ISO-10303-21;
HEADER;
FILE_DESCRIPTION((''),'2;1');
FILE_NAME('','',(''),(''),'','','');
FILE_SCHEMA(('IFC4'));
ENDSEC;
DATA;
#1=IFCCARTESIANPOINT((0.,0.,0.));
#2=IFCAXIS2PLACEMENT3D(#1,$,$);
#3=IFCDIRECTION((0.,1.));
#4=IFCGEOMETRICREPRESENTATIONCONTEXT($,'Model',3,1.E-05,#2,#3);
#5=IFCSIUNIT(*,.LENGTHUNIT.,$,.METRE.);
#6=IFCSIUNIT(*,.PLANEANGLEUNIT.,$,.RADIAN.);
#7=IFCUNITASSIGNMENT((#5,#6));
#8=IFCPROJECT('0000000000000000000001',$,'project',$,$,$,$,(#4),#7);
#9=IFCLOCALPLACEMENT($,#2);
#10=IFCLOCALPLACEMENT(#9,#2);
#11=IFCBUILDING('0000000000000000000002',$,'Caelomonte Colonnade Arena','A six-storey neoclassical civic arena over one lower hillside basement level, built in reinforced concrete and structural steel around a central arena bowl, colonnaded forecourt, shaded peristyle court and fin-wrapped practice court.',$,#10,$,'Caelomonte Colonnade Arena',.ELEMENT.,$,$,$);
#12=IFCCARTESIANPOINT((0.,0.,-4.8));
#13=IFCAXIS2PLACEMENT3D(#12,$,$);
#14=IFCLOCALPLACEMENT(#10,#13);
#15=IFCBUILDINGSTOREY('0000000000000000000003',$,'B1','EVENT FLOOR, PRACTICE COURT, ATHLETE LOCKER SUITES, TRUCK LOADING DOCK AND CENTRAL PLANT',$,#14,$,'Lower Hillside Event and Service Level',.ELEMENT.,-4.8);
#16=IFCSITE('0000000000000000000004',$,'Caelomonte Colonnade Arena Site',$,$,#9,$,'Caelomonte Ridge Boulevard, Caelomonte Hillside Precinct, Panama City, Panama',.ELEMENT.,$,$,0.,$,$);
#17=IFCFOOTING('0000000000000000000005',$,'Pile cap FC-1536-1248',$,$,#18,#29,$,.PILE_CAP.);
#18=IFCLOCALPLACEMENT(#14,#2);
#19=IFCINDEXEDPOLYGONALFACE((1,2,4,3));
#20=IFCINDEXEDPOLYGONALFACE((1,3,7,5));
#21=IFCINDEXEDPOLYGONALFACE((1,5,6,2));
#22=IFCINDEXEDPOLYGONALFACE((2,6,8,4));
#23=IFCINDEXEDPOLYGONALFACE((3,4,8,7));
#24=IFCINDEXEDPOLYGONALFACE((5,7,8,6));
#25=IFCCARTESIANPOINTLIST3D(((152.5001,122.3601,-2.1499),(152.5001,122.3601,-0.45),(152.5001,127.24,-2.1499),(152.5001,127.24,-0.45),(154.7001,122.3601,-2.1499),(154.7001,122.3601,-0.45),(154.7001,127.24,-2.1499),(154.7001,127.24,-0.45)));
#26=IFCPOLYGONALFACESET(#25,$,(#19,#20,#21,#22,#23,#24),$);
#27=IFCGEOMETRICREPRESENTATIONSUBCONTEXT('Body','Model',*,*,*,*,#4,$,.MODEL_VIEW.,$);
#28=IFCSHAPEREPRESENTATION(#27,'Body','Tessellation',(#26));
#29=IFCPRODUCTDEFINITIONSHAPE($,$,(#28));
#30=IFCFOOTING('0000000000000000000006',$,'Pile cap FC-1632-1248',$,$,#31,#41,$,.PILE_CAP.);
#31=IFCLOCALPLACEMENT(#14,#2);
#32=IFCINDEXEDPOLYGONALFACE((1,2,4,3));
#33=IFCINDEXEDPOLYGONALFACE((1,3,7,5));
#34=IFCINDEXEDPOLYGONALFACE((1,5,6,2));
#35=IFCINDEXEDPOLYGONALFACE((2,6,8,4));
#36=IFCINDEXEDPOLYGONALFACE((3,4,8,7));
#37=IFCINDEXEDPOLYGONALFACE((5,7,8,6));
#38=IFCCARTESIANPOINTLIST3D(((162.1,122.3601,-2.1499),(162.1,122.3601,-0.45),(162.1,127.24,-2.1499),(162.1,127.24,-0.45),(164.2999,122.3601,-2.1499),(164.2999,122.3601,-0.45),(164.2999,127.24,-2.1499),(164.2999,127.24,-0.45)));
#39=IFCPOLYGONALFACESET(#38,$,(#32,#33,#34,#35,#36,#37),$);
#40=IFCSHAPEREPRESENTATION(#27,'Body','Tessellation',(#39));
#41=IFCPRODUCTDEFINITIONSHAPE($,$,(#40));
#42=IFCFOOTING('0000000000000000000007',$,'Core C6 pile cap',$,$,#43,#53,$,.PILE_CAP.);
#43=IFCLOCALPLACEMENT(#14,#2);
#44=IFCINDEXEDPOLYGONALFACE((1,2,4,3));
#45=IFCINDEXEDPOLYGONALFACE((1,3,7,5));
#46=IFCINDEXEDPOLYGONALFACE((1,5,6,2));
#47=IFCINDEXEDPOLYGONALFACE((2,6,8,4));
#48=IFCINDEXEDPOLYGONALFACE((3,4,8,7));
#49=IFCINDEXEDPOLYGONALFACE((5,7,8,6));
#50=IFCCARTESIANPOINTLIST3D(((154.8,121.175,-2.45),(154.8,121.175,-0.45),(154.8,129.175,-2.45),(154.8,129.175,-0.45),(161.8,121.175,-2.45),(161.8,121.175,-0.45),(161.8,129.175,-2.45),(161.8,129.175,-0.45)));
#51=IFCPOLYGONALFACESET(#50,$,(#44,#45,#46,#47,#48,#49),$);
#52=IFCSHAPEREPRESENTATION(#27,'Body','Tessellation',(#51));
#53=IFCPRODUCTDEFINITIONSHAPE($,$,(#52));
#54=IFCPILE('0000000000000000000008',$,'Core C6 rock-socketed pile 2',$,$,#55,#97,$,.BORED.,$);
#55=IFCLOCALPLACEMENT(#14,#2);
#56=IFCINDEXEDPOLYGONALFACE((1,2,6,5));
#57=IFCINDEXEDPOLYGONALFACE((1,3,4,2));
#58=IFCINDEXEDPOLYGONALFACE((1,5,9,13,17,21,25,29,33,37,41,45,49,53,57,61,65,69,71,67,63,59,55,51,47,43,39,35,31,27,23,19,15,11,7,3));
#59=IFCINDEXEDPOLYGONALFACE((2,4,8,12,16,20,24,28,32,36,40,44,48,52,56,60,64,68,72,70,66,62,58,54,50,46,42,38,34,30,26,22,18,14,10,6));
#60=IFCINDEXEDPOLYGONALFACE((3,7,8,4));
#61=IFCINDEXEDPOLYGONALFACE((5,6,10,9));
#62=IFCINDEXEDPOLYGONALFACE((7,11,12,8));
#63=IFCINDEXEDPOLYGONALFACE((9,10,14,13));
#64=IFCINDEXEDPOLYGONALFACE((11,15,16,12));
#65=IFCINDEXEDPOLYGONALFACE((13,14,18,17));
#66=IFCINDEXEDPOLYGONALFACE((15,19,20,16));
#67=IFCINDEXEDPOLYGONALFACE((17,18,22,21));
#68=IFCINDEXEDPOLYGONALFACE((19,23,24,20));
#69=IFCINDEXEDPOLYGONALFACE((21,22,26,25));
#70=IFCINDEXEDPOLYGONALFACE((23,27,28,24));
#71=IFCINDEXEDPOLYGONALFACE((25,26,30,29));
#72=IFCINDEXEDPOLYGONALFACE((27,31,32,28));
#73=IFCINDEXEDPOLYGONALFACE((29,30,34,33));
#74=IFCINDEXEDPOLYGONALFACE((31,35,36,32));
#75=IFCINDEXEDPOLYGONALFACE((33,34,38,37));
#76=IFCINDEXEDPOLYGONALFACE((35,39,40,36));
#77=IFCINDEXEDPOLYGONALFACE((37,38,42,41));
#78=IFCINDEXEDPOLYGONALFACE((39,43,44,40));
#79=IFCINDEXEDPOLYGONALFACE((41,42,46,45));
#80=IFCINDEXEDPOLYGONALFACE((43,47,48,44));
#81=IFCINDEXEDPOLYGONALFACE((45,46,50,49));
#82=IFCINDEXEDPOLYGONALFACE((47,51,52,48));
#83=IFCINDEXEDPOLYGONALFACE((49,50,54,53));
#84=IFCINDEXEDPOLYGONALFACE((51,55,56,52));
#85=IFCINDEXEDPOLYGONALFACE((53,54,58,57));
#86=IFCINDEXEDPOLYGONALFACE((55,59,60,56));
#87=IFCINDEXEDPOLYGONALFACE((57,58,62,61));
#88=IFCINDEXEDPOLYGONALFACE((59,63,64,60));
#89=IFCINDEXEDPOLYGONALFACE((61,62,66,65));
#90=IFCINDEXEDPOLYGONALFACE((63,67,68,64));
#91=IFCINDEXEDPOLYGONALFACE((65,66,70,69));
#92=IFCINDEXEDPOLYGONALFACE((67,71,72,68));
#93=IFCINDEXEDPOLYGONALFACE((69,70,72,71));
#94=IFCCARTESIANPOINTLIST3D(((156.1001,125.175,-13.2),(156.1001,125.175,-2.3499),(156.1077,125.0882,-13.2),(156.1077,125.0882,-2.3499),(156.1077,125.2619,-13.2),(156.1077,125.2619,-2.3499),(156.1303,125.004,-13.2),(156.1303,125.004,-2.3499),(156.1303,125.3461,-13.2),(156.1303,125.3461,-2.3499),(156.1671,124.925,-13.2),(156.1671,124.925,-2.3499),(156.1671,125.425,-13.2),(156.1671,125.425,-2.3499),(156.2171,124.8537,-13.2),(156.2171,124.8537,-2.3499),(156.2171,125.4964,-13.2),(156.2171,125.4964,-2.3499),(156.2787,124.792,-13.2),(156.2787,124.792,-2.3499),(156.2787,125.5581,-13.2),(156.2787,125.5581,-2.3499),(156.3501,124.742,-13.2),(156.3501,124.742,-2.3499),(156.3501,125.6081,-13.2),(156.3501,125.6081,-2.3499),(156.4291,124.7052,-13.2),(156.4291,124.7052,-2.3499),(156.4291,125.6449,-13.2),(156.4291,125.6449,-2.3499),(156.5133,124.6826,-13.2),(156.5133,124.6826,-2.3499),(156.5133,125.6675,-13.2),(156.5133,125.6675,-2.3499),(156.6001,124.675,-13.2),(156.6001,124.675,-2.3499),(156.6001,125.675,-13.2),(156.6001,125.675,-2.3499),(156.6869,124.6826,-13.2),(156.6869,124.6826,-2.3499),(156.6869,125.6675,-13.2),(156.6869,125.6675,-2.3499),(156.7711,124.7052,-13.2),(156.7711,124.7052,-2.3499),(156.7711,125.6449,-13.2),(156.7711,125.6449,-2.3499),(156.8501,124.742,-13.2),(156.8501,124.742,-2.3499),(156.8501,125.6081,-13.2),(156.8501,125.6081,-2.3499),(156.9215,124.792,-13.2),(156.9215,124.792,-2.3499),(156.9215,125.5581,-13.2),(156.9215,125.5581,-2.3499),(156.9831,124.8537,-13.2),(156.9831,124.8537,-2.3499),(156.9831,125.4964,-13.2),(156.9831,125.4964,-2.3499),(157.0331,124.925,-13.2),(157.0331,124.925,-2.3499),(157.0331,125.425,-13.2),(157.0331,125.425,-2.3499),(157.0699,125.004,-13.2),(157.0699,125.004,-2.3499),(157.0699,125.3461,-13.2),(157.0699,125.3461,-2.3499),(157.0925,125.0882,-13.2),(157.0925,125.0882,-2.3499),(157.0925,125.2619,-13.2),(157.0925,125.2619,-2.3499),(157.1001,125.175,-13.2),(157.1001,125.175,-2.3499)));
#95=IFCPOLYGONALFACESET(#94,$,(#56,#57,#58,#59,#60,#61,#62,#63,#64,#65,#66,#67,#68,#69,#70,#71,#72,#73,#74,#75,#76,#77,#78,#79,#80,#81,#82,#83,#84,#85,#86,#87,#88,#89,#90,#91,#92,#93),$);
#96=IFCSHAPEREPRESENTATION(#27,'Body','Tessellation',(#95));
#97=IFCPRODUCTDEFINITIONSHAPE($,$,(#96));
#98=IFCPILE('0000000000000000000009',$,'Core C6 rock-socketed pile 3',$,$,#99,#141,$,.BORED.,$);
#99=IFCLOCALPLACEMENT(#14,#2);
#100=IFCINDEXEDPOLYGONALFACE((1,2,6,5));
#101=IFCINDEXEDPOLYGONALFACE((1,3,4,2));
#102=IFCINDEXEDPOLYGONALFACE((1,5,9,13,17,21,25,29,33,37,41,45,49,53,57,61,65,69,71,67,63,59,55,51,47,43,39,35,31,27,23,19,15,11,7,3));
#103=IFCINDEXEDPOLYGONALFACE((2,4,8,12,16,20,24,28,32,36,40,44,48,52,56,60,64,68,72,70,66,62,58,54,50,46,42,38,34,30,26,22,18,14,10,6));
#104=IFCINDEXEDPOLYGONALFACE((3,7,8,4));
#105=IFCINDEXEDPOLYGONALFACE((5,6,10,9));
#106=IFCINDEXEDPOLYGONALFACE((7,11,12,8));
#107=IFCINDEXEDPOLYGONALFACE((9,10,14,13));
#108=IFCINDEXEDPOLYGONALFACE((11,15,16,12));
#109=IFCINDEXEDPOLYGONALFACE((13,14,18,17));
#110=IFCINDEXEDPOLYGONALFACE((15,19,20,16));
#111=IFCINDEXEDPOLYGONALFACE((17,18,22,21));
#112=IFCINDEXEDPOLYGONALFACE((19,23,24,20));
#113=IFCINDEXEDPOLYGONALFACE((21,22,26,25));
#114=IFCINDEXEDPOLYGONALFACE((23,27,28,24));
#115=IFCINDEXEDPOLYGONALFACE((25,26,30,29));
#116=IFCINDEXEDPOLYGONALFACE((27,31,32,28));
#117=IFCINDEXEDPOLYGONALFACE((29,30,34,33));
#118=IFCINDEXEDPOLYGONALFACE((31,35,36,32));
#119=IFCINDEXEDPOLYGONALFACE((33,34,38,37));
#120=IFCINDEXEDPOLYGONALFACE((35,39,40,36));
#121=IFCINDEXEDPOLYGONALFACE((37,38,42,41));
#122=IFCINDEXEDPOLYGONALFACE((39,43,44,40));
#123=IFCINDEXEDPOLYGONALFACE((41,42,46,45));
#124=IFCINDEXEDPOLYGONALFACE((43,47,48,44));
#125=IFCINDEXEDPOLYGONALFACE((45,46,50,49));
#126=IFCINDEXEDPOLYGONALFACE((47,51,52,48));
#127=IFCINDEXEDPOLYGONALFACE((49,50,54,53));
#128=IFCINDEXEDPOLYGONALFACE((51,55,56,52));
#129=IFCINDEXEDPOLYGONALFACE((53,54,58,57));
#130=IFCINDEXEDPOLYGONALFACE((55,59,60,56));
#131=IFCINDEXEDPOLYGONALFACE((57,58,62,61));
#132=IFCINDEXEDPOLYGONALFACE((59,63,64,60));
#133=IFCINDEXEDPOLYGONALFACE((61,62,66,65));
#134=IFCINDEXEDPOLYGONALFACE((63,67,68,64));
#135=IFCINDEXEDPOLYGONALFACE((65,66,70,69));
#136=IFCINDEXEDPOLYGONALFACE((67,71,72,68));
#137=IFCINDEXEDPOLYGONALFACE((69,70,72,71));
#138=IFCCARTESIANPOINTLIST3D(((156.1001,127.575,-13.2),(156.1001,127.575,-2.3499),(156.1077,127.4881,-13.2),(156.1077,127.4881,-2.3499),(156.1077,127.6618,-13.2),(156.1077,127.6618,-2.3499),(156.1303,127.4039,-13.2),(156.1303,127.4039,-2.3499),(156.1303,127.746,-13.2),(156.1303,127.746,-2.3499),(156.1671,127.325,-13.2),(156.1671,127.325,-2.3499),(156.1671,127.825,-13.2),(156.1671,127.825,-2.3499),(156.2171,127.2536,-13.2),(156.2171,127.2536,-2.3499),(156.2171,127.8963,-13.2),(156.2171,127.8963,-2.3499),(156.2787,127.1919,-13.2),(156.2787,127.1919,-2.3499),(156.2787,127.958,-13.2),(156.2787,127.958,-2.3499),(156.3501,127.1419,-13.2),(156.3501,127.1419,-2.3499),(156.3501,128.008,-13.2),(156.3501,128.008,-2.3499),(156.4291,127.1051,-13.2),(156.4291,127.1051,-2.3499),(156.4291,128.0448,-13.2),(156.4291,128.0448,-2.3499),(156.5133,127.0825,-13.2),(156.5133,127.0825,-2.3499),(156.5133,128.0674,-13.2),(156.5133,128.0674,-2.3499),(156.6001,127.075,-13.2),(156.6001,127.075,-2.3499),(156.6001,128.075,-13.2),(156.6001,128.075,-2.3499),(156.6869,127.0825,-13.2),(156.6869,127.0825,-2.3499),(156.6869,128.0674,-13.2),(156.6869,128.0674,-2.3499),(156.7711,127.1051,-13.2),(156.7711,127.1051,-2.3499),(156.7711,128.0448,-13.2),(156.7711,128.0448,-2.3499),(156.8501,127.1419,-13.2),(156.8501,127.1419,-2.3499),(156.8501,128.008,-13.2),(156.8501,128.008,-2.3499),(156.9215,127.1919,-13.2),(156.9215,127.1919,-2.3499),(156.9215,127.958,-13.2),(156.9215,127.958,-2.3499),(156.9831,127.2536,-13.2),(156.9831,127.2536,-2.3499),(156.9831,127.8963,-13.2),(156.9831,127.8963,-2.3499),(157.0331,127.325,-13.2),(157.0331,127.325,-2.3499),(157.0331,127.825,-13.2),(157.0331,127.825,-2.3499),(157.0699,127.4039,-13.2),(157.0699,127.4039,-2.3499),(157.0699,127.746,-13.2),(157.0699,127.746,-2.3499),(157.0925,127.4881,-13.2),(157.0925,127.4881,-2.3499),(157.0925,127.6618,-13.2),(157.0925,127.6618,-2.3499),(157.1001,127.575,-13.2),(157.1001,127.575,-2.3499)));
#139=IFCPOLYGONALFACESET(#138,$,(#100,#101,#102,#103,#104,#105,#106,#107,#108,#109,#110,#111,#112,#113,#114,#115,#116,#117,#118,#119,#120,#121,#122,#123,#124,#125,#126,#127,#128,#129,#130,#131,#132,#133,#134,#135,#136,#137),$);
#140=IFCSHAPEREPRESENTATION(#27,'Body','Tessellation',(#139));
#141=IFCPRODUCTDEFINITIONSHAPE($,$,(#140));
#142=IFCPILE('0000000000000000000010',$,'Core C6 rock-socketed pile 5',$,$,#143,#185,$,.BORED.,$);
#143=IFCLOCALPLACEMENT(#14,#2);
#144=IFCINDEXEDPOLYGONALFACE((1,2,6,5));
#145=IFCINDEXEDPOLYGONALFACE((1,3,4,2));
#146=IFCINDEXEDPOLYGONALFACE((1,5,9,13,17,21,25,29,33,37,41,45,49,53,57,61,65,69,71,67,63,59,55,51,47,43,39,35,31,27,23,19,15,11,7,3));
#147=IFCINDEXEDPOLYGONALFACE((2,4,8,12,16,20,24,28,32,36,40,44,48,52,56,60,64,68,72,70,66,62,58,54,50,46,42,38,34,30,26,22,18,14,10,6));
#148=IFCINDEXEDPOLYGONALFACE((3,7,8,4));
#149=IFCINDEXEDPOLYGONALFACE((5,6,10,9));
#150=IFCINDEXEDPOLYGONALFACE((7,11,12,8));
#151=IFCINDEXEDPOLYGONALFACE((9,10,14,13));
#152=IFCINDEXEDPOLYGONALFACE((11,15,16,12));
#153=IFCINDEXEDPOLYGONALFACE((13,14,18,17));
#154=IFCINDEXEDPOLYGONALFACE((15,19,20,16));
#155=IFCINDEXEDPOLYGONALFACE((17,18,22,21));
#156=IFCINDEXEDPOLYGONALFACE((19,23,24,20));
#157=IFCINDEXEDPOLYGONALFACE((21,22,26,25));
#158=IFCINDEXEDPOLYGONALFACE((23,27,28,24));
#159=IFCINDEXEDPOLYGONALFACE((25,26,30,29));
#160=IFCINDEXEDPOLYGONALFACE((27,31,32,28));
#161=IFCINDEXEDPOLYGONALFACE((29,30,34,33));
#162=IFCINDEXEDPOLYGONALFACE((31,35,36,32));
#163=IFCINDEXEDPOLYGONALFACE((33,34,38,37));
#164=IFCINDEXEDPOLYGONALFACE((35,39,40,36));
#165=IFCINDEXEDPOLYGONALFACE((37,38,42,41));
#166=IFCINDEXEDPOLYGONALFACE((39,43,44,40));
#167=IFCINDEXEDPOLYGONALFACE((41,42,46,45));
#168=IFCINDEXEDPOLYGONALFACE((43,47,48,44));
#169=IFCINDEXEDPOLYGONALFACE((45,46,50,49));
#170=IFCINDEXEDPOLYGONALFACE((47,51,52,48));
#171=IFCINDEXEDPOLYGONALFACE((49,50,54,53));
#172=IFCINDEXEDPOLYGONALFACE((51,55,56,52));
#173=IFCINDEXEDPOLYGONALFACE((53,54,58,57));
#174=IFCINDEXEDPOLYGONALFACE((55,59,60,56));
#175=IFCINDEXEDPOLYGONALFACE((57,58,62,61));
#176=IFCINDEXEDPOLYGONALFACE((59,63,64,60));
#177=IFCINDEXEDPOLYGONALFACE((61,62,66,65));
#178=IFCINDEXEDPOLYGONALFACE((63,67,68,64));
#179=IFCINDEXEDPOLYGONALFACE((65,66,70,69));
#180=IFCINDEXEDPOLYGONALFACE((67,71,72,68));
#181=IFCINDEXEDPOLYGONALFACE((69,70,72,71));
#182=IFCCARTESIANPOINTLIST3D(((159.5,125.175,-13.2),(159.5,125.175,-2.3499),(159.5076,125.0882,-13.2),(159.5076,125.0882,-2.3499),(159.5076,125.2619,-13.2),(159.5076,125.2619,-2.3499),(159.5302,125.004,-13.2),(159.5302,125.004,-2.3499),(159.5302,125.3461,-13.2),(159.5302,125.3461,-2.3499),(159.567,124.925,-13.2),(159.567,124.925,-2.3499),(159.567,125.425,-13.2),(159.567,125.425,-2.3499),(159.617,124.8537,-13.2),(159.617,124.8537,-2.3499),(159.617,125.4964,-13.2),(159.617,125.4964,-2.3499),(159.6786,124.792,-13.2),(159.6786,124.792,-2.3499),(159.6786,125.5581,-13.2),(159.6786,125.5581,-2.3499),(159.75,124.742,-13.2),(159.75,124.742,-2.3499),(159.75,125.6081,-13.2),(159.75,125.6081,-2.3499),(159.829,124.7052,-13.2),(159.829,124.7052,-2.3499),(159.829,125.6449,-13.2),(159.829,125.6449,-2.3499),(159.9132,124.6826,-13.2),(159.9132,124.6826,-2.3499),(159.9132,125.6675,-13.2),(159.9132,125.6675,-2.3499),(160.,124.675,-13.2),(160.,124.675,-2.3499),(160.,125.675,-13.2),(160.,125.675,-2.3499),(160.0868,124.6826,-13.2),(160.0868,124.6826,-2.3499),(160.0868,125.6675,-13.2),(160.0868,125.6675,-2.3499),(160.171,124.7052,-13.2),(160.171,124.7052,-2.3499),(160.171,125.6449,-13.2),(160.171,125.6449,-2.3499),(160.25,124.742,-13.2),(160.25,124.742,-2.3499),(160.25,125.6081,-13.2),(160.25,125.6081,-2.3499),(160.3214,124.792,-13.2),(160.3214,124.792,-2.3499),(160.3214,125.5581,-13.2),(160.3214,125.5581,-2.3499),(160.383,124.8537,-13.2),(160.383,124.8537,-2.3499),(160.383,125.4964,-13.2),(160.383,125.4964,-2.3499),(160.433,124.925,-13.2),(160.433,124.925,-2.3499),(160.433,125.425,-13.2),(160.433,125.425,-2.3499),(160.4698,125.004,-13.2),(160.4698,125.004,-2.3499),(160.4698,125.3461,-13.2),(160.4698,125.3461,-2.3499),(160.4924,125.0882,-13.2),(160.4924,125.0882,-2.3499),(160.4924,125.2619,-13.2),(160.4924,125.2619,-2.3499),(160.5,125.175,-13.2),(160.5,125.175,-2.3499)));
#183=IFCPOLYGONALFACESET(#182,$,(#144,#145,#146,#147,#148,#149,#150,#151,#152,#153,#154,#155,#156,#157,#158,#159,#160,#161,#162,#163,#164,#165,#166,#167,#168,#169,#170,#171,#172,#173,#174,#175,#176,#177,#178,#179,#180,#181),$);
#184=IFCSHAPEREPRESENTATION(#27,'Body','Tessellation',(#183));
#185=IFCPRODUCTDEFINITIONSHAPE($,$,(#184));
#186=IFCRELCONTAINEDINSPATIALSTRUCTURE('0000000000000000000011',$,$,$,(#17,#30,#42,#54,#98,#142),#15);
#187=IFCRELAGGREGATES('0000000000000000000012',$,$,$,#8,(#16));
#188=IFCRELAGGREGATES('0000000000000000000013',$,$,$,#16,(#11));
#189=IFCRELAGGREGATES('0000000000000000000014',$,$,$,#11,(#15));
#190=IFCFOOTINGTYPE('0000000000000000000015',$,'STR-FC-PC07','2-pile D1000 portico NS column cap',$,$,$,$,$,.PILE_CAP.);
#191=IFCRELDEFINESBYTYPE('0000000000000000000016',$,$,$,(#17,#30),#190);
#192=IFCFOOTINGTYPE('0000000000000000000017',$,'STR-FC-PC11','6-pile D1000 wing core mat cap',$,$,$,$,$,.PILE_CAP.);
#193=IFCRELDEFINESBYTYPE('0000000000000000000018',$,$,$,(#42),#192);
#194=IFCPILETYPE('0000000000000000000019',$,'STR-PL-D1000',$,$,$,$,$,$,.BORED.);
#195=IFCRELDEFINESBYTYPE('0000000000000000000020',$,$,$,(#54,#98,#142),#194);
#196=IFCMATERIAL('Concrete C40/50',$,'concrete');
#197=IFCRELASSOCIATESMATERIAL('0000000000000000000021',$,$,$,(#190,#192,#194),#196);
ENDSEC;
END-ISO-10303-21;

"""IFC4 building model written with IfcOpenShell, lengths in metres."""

from ifc_helpers import new_model, si_unit, direction, frame, origin, origin_2d, place, context, subcontext, project, spatial, rectangle, circle, extrude, material, material_profile, profile_set, type_object, element, save


model = new_model("IFC4")

# Units and contexts
model_context = context("Model", 3, precision=1e-05, world=origin(), true_north=direction((0.0, 1.0)))
body_context = subcontext(model_context, "Body", "Model", "MODEL_VIEW")
ifc_project = project(units=[si_unit("LENGTHUNIT", "METRE"), si_unit("PLANEANGLEUNIT", "RADIAN")], contexts=[model_context])

# Site, building, storey
site_placement = place(None, origin())
site = spatial("IfcSite", under=ifc_project, at=site_placement, Name="Caelomonte Colonnade Arena Site", LongName="Caelomonte Ridge Boulevard, Caelomonte Hillside Precinct, Panama City, Panama", CompositionType="ELEMENT", RefElevation=0.0)
building_placement = place(site_placement, origin())
building = spatial("IfcBuilding", under=site, at=building_placement, Name="Caelomonte Colonnade Arena", Description="A six-storey neoclassical civic arena over one lower hillside basement level, built in reinforced concrete and structural steel around a central arena bowl, colonnaded forecourt, shaded peristyle court and fin-wrapped practice court.", LongName="Caelomonte Colonnade Arena", CompositionType="ELEMENT")
storey_placement = place(building_placement, frame((0.0, 0.0, -4.8)))
storey = spatial("IfcBuildingStorey", under=building, at=storey_placement, Name="B1", Description="EVENT FLOOR, PRACTICE COURT, ATHLETE LOCKER SUITES, TRUCK LOADING DOCK AND CENTRAL PLANT", LongName="Lower Hillside Event and Service Level", CompositionType="ELEMENT", Elevation=-4.8)

# Footings
ifc_material_1 = material(Name="Concrete C40/50", Category="concrete")
footing_type_1 = type_object("IfcFootingType", Name="STR-FC-PC07", Description="2-pile D1000 portico NS column cap", PredefinedType="PILE_CAP", material=ifc_material_1)
for number, where, z_axis, x_axis, name in (
    (1, (153.6001, 124.8, -2.1499), (0.0, 0.0, 1.0), (1.0, 0.0, 0.0), "Pile cap FC-1536-1248"),
    (2, (163.2, 124.8, -2.1499), (0.0, 0.0, 1.0), (1.0, 0.0, 0.0), "Pile cap FC-1632-1248"),
):
    element("IfcFooting", number, at=place(storey_placement, frame(where, z_axis=z_axis, x_axis=x_axis)), inside=storey, type_object=footing_type_1, Name=name, PredefinedType="PILE_CAP", context=body_context, shape_type="SweptSolid", body=[
        extrude(rectangle(XDim=2.2, YDim=4.8799, at=origin_2d()), origin(), (0.0, 0.0, 1.0), 1.7),
    ])
footing_type_2 = type_object("IfcFootingType", Name="STR-FC-PC11", Description="6-pile D1000 wing core mat cap", PredefinedType="PILE_CAP", material=ifc_material_1)
footing_placement = place(storey_placement, frame((158.3, 125.175, -2.45), z_axis=(0.0, 0.0, 1.0), x_axis=(1.0, 0.0, 0.0)))
element("IfcFooting", 3, at=footing_placement, inside=storey, type_object=footing_type_2, Name="Core C6 pile cap", PredefinedType="PILE_CAP", context=body_context, shape_type="SweptSolid", body=[
    extrude(rectangle(XDim=7.0, YDim=8.0, at=origin_2d()), origin(), (0.0, 0.0, 1.0), 2.0),
])

# Piles
ifc_material_profile_1 = material_profile(ifc_material_1, circle(Radius=0.5, at=origin_2d()), Name="PILE-D1000")
ifc_profile_set_1 = profile_set([ifc_material_profile_1], Name="Concrete C40/50")
pile_type = type_object("IfcPileType", Name="STR-PL-D1000", PredefinedType="BORED", material=ifc_profile_set_1)
for number, where, z_axis, x_axis, name in (
    (4, (156.6001, 125.175, -2.3499), (0.0, 0.0, -1.0), (1.0, 0.0, 0.0), "Core C6 rock-socketed pile 2"),
    (5, (156.6001, 127.575, -2.3499), (0.0, 0.0, -1.0), (1.0, 0.0, 0.0), "Core C6 rock-socketed pile 3"),
    (6, (160.0, 125.175, -2.3499), (0.0, 0.0, -1.0), (1.0, 0.0, 0.0), "Core C6 rock-socketed pile 5"),
):
    element("IfcPile", number, at=place(storey_placement, frame(where, z_axis=z_axis, x_axis=x_axis)), inside=storey, type_object=pile_type, Name=name, PredefinedType="BORED", context=body_context, shape_type="SweptSolid", body=[
        extrude(circle(Radius=0.5, at=origin_2d()), origin(), (0.0, 0.0, 1.0), 10.8501),
    ])

save(model, "model.ifc")
